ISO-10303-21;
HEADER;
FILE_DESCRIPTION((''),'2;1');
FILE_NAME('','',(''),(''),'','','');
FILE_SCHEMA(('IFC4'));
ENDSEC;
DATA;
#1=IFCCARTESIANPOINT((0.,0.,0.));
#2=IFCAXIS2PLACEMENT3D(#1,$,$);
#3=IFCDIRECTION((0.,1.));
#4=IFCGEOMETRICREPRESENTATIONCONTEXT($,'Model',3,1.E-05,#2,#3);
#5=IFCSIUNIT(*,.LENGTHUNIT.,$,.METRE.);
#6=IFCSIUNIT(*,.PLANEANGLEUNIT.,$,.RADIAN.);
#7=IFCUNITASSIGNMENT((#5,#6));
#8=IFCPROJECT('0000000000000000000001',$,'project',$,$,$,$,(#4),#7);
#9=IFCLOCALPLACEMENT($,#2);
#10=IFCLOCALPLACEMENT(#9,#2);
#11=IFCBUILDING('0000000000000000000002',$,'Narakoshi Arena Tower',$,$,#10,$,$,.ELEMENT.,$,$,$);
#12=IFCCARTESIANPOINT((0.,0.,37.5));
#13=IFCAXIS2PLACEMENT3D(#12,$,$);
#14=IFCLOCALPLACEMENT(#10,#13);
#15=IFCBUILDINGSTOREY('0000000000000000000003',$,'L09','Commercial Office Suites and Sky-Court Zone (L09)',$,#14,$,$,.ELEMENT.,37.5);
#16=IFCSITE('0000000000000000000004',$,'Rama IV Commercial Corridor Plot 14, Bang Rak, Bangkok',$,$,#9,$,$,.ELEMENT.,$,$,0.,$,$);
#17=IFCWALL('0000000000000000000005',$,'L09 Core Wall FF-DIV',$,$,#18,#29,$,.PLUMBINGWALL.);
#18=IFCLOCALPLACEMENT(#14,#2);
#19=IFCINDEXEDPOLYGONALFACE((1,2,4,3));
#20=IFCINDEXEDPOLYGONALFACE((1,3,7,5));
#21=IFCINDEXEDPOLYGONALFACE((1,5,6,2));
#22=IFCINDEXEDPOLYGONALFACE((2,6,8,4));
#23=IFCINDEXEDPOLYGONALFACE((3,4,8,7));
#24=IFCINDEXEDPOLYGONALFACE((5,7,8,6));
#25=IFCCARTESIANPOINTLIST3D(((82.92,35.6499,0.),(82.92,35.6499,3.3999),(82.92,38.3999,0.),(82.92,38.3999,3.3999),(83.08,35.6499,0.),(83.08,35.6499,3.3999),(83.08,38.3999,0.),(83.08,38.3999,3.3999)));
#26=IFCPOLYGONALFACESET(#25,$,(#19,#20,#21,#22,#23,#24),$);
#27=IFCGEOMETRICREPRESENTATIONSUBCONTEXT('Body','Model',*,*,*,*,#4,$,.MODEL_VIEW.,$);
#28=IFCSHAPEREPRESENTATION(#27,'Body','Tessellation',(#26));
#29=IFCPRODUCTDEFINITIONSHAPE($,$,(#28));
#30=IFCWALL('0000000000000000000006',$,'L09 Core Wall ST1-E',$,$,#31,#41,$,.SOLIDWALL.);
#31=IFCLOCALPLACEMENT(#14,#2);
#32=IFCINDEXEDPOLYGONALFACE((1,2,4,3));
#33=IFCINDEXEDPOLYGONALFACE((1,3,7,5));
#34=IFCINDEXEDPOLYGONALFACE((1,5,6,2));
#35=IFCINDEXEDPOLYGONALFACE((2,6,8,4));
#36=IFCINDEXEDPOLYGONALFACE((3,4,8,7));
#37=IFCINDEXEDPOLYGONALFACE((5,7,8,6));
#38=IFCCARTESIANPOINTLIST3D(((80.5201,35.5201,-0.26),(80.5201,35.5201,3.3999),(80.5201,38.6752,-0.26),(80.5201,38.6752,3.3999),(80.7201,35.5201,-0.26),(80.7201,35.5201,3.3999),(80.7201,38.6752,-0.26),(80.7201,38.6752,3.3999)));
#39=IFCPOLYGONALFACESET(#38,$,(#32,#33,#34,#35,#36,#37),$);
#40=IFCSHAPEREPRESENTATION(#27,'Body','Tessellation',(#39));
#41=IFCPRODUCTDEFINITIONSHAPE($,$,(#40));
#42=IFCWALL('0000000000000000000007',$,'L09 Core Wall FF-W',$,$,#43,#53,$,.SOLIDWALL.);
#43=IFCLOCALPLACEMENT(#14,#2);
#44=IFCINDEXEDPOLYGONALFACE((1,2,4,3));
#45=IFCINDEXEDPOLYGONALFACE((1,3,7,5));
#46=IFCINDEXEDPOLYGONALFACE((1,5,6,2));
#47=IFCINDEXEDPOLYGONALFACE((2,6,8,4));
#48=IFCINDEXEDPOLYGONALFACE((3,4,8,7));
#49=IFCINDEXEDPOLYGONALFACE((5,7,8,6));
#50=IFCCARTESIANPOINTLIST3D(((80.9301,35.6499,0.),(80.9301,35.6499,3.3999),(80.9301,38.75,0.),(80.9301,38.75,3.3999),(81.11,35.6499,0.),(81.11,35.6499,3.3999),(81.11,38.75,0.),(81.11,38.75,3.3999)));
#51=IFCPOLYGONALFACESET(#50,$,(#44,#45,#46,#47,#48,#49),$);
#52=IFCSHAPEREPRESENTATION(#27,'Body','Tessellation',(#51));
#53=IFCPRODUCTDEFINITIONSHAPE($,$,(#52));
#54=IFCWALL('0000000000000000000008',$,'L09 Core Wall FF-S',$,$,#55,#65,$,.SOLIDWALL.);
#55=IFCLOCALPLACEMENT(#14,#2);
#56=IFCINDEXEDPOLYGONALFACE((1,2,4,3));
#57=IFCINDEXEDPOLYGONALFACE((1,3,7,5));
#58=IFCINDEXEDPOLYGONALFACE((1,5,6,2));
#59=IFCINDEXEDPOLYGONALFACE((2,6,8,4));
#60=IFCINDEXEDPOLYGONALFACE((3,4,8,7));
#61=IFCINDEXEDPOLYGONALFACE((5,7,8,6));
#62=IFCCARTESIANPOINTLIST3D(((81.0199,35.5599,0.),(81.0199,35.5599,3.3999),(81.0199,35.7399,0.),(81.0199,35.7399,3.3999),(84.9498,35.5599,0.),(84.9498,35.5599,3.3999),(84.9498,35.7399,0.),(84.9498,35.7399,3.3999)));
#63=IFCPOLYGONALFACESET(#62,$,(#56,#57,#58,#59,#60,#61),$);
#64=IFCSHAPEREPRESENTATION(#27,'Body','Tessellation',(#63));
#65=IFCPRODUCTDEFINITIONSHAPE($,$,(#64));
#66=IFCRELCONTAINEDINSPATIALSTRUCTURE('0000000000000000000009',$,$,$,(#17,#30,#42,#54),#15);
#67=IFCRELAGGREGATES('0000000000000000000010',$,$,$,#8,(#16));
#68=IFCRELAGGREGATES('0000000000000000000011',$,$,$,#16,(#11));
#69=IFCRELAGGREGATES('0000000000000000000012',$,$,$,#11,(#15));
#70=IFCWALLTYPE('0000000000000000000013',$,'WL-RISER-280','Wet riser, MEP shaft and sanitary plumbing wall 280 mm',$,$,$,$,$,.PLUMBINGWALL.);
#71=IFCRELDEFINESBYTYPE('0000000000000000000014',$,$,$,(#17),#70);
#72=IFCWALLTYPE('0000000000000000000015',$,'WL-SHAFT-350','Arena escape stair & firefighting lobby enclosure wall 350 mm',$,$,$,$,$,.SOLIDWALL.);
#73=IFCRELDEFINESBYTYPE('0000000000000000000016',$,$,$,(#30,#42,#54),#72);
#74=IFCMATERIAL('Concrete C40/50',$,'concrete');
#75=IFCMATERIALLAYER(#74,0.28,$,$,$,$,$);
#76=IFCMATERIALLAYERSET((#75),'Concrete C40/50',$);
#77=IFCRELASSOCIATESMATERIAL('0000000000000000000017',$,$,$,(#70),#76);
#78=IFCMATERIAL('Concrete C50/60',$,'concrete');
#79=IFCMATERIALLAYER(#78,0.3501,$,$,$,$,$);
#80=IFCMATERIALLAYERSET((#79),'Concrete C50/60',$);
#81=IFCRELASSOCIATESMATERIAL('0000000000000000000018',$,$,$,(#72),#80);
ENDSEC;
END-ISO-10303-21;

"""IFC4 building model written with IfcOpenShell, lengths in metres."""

from ifc_helpers import new_model, si_unit, direction, frame, frame_2d, origin, place, context, subcontext, project, spatial, rectangle, extrude, material, layer, layer_set, type_object, element, save


model = new_model("IFC4")

# Units and contexts
model_context = context("Model", 3, precision=1e-05, world=origin(), true_north=direction((0.0, 1.0)))
body_context = subcontext(model_context, "Body", "Model", "MODEL_VIEW")
ifc_project = project(units=[si_unit("LENGTHUNIT", "METRE"), si_unit("PLANEANGLEUNIT", "RADIAN")], contexts=[model_context])

# Site, building, storey
site_placement = place(None, origin())
site = spatial("IfcSite", under=ifc_project, at=site_placement, Name="Rama IV Commercial Corridor Plot 14, Bang Rak, Bangkok", CompositionType="ELEMENT", RefElevation=0.0)
building_placement = place(site_placement, origin())
building = spatial("IfcBuilding", under=site, at=building_placement, Name="Narakoshi Arena Tower", CompositionType="ELEMENT")
storey_placement = place(building_placement, frame((0.0, 0.0, 37.5)))
storey = spatial("IfcBuildingStorey", under=building, at=storey_placement, Name="L09", Description="Commercial Office Suites and Sky-Court Zone (L09)", CompositionType="ELEMENT", Elevation=37.5)

# Walls
ifc_material_1 = material(Name="Concrete C40/50", Category="concrete")
ifc_layer_1 = layer(ifc_material_1, 0.28)
ifc_layer_set_1 = layer_set([ifc_layer_1], Name="Concrete C40/50")
wall_type_1 = type_object("IfcWallType", Name="WL-RISER-280", Description="Wet riser, MEP shaft and sanitary plumbing wall 280 mm", PredefinedType="PLUMBINGWALL", material=ifc_layer_set_1)
wall_1_placement = place(storey_placement, frame((83.0, 35.6499, 0.0), z_axis=(0.0, 0.0, 1.0), x_axis=(0.0, 1.0, 0.0)))
element("IfcWall", 1, at=wall_1_placement, inside=storey, type_object=wall_type_1, Name="L09 Core Wall FF-DIV", PredefinedType="PLUMBINGWALL", context=body_context, shape_type="SweptSolid", body=[
    extrude(rectangle(XDim=2.75, YDim=0.1599, at=frame_2d((1.375, 0.0))), origin(), (0.0, 0.0, 1.0), 3.3999),
])
ifc_material_2 = material(Name="Concrete C50/60", Category="concrete")
ifc_layer_2 = layer(ifc_material_2, 0.3501)
ifc_layer_set_2 = layer_set([ifc_layer_2], Name="Concrete C50/60")
wall_type_2 = type_object("IfcWallType", Name="WL-SHAFT-350", Description="Arena escape stair & firefighting lobby enclosure wall 350 mm", PredefinedType="SOLIDWALL", material=ifc_layer_set_2)
wall_2_placement = place(storey_placement, frame((80.6201, 35.52, -0.26), z_axis=(0.0, 0.0, 1.0), x_axis=(0.0, 1.0, 0.0)))
element("IfcWall", 2, at=wall_2_placement, inside=storey, type_object=wall_type_2, Name="L09 Core Wall ST1-E", PredefinedType="SOLIDWALL", context=body_context, shape_type="SweptSolid", body=[
    extrude(rectangle(XDim=3.155, YDim=0.2, at=frame_2d((1.5776, 0.0))), origin(), (0.0, 0.0, 1.0), 3.6599),
])
wall_3_placement = place(storey_placement, frame((81.02, 35.6499, 0.0), z_axis=(0.0, 0.0, 1.0), x_axis=(0.0, 1.0, 0.0)))
element("IfcWall", 3, at=wall_3_placement, inside=storey, type_object=wall_type_2, Name="L09 Core Wall FF-W", PredefinedType="SOLIDWALL", context=body_context, shape_type="SweptSolid", body=[
    extrude(rectangle(XDim=3.1001, YDim=0.1799, at=frame_2d((1.55, 0.0))), origin(), (0.0, 0.0, 1.0), 3.3999),
])
wall_4_placement = place(storey_placement, frame((81.02, 35.6499, 0.0), z_axis=(0.0, 0.0, 1.0), x_axis=(1.0, 0.0, 0.0)))
element("IfcWall", 4, at=wall_4_placement, inside=storey, type_object=wall_type_2, Name="L09 Core Wall FF-S", PredefinedType="SOLIDWALL", context=body_context, shape_type="SweptSolid", body=[
    extrude(rectangle(XDim=3.9299, YDim=0.1799, at=frame_2d((1.9648, 0.0))), origin(), (0.0, 0.0, 1.0), 3.3999),
])

save(model, "model.ifc")
